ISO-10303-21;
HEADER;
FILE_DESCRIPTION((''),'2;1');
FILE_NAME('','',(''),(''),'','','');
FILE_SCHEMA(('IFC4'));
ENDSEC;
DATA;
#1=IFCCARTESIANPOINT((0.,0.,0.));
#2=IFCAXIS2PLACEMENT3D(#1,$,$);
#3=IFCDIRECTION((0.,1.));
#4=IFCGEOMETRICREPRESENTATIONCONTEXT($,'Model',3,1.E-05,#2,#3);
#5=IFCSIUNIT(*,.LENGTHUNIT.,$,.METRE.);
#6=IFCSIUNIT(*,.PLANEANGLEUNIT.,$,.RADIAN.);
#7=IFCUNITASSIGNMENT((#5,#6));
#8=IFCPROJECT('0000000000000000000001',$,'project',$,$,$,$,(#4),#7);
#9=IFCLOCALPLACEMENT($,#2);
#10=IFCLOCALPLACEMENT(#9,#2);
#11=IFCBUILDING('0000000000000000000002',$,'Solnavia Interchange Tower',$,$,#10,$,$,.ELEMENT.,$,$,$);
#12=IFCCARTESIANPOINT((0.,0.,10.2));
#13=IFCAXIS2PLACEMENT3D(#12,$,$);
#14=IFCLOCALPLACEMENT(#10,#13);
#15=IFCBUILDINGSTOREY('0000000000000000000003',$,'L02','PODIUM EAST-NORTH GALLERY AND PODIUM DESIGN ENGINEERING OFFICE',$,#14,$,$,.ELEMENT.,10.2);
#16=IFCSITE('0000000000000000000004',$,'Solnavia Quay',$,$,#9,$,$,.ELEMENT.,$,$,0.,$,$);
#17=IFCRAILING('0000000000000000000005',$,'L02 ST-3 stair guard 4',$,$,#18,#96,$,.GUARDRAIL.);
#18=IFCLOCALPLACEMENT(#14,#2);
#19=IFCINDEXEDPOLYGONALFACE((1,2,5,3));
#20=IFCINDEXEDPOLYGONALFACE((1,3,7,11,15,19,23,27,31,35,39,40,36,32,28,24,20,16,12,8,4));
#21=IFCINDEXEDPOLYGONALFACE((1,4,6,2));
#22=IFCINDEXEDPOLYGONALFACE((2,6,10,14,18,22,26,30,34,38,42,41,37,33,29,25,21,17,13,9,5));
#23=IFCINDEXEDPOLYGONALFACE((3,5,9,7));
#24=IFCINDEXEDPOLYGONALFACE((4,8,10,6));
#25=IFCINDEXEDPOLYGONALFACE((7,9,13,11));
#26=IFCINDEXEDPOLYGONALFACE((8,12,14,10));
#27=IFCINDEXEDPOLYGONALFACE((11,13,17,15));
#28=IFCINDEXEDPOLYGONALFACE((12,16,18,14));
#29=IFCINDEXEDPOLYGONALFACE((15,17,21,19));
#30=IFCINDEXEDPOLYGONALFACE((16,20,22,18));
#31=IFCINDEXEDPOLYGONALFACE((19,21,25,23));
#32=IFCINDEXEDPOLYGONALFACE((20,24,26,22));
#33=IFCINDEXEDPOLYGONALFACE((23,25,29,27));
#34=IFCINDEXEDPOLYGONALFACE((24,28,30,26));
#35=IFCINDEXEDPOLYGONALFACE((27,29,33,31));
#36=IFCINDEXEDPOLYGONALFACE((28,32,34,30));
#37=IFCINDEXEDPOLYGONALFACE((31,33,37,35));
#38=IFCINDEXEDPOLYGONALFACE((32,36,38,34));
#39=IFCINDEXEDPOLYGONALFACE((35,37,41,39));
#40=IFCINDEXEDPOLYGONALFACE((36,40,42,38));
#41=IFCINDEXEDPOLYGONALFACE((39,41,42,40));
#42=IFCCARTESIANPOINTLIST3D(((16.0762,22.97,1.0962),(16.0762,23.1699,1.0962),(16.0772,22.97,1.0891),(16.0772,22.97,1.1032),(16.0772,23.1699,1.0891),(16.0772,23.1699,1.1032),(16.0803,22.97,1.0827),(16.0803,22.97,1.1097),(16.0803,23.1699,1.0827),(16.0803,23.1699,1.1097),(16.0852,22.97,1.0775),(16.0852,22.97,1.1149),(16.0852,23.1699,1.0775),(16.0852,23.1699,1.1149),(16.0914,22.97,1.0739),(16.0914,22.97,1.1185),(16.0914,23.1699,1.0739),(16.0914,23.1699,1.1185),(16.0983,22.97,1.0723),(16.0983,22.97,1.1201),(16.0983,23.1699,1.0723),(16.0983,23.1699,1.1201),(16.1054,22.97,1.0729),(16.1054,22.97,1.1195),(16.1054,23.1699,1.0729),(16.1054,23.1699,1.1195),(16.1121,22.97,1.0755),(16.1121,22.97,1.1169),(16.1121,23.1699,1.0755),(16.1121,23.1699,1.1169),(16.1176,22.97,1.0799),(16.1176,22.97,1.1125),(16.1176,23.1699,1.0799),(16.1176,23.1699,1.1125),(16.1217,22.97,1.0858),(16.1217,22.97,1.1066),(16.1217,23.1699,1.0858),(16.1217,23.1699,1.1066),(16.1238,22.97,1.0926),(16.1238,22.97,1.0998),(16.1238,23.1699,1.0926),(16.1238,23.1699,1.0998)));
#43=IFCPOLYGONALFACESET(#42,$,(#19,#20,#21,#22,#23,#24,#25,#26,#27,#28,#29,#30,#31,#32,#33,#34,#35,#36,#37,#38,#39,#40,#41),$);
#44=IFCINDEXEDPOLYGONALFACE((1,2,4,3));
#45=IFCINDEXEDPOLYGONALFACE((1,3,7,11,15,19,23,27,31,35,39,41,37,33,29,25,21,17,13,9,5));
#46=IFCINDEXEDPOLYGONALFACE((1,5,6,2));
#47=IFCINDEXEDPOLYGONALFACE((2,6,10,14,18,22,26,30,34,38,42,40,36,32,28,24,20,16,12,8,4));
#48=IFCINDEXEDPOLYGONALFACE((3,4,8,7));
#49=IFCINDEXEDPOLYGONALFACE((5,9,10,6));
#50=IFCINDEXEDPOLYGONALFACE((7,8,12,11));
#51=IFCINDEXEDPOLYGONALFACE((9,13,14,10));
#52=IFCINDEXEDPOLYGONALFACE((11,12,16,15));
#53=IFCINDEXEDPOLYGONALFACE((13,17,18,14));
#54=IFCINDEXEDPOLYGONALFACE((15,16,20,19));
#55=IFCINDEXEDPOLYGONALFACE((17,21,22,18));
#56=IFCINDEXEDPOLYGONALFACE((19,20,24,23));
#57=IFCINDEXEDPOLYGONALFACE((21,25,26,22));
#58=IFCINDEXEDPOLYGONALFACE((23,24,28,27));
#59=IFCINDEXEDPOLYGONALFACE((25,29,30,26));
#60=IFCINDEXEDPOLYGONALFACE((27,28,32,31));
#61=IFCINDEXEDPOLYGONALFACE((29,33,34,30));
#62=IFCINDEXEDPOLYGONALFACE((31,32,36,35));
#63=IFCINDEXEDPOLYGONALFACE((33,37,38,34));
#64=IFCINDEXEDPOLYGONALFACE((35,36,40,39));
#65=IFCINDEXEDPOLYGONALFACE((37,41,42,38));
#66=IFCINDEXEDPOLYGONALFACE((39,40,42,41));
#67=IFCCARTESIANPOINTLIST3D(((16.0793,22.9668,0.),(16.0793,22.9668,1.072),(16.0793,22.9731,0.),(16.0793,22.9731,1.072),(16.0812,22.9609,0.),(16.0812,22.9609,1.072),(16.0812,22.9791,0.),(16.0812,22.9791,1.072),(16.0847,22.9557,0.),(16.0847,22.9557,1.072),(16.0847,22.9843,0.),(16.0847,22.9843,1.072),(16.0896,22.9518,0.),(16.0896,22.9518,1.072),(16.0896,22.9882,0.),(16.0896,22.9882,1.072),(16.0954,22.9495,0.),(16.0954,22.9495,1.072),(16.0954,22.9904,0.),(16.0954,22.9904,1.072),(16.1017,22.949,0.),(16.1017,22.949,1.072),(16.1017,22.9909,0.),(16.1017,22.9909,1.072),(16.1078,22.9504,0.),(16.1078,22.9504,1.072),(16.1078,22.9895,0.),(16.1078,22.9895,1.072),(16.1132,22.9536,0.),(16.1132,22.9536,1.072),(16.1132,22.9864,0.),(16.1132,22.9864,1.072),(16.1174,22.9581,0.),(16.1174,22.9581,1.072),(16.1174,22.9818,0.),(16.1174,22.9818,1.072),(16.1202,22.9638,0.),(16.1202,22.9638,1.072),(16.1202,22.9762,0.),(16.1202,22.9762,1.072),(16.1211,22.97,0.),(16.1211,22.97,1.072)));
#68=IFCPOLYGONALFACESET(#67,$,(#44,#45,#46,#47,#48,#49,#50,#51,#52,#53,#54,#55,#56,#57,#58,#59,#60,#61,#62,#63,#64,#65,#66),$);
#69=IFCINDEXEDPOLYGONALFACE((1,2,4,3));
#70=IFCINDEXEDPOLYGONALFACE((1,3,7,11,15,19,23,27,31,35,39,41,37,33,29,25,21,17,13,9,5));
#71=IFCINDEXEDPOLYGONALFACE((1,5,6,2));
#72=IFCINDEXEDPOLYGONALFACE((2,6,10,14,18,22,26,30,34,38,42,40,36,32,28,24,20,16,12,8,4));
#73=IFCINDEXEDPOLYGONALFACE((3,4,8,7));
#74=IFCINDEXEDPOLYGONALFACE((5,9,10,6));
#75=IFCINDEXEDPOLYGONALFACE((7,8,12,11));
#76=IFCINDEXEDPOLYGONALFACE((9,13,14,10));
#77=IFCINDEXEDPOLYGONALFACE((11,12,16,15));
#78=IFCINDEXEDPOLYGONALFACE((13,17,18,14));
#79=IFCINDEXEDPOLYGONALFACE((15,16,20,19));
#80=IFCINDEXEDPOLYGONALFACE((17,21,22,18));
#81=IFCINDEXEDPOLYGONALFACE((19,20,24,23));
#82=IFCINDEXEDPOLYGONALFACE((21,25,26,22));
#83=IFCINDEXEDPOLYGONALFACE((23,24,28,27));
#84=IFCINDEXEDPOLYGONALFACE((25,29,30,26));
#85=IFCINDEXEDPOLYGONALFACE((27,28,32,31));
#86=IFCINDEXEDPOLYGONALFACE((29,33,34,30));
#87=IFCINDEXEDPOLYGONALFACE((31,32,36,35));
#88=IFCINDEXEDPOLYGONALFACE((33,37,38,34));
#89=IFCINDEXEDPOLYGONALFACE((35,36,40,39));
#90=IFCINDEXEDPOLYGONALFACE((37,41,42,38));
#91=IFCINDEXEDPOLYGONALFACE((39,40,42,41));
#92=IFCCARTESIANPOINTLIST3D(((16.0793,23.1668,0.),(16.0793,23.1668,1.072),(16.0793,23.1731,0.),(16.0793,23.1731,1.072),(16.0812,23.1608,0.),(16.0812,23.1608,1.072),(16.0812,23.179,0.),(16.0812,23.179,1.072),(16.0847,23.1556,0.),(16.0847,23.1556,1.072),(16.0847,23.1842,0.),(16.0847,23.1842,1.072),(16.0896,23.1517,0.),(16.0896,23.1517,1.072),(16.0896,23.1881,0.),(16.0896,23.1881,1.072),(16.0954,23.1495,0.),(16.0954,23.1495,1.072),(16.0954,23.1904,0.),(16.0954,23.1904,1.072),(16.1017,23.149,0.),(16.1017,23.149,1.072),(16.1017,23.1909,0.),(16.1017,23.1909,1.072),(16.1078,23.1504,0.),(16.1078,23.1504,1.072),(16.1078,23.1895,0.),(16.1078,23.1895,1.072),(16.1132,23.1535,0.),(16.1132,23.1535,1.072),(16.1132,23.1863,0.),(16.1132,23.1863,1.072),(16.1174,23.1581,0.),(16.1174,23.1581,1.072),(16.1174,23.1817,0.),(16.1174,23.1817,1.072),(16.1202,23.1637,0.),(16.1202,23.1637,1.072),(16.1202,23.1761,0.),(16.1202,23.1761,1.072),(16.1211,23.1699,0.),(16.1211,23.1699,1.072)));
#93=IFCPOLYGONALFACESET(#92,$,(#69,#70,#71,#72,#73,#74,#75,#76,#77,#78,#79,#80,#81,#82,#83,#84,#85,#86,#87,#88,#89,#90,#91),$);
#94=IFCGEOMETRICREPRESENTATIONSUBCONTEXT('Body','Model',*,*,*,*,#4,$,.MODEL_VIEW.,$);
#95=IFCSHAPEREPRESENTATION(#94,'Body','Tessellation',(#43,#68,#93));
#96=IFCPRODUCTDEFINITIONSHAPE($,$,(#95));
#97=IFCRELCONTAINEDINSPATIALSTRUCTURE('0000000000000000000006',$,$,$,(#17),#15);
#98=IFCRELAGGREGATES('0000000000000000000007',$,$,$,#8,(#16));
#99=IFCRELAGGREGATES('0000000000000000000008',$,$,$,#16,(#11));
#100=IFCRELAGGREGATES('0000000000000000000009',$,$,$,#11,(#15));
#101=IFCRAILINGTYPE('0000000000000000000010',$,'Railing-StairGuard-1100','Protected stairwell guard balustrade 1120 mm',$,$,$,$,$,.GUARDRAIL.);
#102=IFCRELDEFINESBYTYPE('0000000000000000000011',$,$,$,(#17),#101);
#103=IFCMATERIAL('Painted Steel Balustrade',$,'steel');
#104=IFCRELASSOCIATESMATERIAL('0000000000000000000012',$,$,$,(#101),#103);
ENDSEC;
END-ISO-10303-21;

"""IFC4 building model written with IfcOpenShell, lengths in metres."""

from ifc_helpers import new_model, si_unit, direction, frame, origin, origin_2d, place, context, subcontext, project, spatial, circle, extrude, material, type_object, element, save


model = new_model("IFC4")

# Units and contexts
model_context = context("Model", 3, precision=1e-05, world=origin(), true_north=direction((0.0, 1.0)))
body_context = subcontext(model_context, "Body", "Model", "MODEL_VIEW")
ifc_project = project(units=[si_unit("LENGTHUNIT", "METRE"), si_unit("PLANEANGLEUNIT", "RADIAN")], contexts=[model_context])

# Site, building, storey
site_placement = place(None, origin())
site = spatial("IfcSite", under=ifc_project, at=site_placement, Name="Solnavia Quay", CompositionType="ELEMENT", RefElevation=0.0)
building_placement = place(site_placement, origin())
building = spatial("IfcBuilding", under=site, at=building_placement, Name="Solnavia Interchange Tower", CompositionType="ELEMENT")
storey_placement = place(building_placement, frame((0.0, 0.0, 10.2)))
storey = spatial("IfcBuildingStorey", under=building, at=storey_placement, Name="L02", Description="PODIUM EAST-NORTH GALLERY AND PODIUM DESIGN ENGINEERING OFFICE", CompositionType="ELEMENT", Elevation=10.2)

# Railing
ifc_material_1 = material(Name="Painted Steel Balustrade", Category="steel")
railing_type_1 = type_object("IfcRailingType", Name="Railing-StairGuard-1100", Description="Protected stairwell guard balustrade 1120 mm", PredefinedType="GUARDRAIL", material=ifc_material_1)
railing_1_placement = place(storey_placement, frame((16.1001, 22.97, 0.0)))
element("IfcRailing", 1, at=railing_1_placement, inside=storey, type_object=railing_type_1, Name="L02 ST-3 stair guard 4", PredefinedType="GUARDRAIL", context=body_context, shape_type="SweptSolid", body=[
    extrude(circle(Radius=0.0239, at=origin_2d()), frame((0.0, 0.0, 1.0962), z_axis=(0.0, 1.0, 0.0), x_axis=(-1.0, 0.0, 0.0)), (0.0, 0.0, 1.0), 0.2),
    extrude(circle(Radius=0.021, at=origin_2d()), origin(), (0.0, 0.0, 1.0), 1.072),
    extrude(circle(Radius=0.021, at=origin_2d()), frame((0.0, 0.2, 0.0)), (0.0, 0.0, 1.0), 1.072),
])

save(model, "model.ifc")
